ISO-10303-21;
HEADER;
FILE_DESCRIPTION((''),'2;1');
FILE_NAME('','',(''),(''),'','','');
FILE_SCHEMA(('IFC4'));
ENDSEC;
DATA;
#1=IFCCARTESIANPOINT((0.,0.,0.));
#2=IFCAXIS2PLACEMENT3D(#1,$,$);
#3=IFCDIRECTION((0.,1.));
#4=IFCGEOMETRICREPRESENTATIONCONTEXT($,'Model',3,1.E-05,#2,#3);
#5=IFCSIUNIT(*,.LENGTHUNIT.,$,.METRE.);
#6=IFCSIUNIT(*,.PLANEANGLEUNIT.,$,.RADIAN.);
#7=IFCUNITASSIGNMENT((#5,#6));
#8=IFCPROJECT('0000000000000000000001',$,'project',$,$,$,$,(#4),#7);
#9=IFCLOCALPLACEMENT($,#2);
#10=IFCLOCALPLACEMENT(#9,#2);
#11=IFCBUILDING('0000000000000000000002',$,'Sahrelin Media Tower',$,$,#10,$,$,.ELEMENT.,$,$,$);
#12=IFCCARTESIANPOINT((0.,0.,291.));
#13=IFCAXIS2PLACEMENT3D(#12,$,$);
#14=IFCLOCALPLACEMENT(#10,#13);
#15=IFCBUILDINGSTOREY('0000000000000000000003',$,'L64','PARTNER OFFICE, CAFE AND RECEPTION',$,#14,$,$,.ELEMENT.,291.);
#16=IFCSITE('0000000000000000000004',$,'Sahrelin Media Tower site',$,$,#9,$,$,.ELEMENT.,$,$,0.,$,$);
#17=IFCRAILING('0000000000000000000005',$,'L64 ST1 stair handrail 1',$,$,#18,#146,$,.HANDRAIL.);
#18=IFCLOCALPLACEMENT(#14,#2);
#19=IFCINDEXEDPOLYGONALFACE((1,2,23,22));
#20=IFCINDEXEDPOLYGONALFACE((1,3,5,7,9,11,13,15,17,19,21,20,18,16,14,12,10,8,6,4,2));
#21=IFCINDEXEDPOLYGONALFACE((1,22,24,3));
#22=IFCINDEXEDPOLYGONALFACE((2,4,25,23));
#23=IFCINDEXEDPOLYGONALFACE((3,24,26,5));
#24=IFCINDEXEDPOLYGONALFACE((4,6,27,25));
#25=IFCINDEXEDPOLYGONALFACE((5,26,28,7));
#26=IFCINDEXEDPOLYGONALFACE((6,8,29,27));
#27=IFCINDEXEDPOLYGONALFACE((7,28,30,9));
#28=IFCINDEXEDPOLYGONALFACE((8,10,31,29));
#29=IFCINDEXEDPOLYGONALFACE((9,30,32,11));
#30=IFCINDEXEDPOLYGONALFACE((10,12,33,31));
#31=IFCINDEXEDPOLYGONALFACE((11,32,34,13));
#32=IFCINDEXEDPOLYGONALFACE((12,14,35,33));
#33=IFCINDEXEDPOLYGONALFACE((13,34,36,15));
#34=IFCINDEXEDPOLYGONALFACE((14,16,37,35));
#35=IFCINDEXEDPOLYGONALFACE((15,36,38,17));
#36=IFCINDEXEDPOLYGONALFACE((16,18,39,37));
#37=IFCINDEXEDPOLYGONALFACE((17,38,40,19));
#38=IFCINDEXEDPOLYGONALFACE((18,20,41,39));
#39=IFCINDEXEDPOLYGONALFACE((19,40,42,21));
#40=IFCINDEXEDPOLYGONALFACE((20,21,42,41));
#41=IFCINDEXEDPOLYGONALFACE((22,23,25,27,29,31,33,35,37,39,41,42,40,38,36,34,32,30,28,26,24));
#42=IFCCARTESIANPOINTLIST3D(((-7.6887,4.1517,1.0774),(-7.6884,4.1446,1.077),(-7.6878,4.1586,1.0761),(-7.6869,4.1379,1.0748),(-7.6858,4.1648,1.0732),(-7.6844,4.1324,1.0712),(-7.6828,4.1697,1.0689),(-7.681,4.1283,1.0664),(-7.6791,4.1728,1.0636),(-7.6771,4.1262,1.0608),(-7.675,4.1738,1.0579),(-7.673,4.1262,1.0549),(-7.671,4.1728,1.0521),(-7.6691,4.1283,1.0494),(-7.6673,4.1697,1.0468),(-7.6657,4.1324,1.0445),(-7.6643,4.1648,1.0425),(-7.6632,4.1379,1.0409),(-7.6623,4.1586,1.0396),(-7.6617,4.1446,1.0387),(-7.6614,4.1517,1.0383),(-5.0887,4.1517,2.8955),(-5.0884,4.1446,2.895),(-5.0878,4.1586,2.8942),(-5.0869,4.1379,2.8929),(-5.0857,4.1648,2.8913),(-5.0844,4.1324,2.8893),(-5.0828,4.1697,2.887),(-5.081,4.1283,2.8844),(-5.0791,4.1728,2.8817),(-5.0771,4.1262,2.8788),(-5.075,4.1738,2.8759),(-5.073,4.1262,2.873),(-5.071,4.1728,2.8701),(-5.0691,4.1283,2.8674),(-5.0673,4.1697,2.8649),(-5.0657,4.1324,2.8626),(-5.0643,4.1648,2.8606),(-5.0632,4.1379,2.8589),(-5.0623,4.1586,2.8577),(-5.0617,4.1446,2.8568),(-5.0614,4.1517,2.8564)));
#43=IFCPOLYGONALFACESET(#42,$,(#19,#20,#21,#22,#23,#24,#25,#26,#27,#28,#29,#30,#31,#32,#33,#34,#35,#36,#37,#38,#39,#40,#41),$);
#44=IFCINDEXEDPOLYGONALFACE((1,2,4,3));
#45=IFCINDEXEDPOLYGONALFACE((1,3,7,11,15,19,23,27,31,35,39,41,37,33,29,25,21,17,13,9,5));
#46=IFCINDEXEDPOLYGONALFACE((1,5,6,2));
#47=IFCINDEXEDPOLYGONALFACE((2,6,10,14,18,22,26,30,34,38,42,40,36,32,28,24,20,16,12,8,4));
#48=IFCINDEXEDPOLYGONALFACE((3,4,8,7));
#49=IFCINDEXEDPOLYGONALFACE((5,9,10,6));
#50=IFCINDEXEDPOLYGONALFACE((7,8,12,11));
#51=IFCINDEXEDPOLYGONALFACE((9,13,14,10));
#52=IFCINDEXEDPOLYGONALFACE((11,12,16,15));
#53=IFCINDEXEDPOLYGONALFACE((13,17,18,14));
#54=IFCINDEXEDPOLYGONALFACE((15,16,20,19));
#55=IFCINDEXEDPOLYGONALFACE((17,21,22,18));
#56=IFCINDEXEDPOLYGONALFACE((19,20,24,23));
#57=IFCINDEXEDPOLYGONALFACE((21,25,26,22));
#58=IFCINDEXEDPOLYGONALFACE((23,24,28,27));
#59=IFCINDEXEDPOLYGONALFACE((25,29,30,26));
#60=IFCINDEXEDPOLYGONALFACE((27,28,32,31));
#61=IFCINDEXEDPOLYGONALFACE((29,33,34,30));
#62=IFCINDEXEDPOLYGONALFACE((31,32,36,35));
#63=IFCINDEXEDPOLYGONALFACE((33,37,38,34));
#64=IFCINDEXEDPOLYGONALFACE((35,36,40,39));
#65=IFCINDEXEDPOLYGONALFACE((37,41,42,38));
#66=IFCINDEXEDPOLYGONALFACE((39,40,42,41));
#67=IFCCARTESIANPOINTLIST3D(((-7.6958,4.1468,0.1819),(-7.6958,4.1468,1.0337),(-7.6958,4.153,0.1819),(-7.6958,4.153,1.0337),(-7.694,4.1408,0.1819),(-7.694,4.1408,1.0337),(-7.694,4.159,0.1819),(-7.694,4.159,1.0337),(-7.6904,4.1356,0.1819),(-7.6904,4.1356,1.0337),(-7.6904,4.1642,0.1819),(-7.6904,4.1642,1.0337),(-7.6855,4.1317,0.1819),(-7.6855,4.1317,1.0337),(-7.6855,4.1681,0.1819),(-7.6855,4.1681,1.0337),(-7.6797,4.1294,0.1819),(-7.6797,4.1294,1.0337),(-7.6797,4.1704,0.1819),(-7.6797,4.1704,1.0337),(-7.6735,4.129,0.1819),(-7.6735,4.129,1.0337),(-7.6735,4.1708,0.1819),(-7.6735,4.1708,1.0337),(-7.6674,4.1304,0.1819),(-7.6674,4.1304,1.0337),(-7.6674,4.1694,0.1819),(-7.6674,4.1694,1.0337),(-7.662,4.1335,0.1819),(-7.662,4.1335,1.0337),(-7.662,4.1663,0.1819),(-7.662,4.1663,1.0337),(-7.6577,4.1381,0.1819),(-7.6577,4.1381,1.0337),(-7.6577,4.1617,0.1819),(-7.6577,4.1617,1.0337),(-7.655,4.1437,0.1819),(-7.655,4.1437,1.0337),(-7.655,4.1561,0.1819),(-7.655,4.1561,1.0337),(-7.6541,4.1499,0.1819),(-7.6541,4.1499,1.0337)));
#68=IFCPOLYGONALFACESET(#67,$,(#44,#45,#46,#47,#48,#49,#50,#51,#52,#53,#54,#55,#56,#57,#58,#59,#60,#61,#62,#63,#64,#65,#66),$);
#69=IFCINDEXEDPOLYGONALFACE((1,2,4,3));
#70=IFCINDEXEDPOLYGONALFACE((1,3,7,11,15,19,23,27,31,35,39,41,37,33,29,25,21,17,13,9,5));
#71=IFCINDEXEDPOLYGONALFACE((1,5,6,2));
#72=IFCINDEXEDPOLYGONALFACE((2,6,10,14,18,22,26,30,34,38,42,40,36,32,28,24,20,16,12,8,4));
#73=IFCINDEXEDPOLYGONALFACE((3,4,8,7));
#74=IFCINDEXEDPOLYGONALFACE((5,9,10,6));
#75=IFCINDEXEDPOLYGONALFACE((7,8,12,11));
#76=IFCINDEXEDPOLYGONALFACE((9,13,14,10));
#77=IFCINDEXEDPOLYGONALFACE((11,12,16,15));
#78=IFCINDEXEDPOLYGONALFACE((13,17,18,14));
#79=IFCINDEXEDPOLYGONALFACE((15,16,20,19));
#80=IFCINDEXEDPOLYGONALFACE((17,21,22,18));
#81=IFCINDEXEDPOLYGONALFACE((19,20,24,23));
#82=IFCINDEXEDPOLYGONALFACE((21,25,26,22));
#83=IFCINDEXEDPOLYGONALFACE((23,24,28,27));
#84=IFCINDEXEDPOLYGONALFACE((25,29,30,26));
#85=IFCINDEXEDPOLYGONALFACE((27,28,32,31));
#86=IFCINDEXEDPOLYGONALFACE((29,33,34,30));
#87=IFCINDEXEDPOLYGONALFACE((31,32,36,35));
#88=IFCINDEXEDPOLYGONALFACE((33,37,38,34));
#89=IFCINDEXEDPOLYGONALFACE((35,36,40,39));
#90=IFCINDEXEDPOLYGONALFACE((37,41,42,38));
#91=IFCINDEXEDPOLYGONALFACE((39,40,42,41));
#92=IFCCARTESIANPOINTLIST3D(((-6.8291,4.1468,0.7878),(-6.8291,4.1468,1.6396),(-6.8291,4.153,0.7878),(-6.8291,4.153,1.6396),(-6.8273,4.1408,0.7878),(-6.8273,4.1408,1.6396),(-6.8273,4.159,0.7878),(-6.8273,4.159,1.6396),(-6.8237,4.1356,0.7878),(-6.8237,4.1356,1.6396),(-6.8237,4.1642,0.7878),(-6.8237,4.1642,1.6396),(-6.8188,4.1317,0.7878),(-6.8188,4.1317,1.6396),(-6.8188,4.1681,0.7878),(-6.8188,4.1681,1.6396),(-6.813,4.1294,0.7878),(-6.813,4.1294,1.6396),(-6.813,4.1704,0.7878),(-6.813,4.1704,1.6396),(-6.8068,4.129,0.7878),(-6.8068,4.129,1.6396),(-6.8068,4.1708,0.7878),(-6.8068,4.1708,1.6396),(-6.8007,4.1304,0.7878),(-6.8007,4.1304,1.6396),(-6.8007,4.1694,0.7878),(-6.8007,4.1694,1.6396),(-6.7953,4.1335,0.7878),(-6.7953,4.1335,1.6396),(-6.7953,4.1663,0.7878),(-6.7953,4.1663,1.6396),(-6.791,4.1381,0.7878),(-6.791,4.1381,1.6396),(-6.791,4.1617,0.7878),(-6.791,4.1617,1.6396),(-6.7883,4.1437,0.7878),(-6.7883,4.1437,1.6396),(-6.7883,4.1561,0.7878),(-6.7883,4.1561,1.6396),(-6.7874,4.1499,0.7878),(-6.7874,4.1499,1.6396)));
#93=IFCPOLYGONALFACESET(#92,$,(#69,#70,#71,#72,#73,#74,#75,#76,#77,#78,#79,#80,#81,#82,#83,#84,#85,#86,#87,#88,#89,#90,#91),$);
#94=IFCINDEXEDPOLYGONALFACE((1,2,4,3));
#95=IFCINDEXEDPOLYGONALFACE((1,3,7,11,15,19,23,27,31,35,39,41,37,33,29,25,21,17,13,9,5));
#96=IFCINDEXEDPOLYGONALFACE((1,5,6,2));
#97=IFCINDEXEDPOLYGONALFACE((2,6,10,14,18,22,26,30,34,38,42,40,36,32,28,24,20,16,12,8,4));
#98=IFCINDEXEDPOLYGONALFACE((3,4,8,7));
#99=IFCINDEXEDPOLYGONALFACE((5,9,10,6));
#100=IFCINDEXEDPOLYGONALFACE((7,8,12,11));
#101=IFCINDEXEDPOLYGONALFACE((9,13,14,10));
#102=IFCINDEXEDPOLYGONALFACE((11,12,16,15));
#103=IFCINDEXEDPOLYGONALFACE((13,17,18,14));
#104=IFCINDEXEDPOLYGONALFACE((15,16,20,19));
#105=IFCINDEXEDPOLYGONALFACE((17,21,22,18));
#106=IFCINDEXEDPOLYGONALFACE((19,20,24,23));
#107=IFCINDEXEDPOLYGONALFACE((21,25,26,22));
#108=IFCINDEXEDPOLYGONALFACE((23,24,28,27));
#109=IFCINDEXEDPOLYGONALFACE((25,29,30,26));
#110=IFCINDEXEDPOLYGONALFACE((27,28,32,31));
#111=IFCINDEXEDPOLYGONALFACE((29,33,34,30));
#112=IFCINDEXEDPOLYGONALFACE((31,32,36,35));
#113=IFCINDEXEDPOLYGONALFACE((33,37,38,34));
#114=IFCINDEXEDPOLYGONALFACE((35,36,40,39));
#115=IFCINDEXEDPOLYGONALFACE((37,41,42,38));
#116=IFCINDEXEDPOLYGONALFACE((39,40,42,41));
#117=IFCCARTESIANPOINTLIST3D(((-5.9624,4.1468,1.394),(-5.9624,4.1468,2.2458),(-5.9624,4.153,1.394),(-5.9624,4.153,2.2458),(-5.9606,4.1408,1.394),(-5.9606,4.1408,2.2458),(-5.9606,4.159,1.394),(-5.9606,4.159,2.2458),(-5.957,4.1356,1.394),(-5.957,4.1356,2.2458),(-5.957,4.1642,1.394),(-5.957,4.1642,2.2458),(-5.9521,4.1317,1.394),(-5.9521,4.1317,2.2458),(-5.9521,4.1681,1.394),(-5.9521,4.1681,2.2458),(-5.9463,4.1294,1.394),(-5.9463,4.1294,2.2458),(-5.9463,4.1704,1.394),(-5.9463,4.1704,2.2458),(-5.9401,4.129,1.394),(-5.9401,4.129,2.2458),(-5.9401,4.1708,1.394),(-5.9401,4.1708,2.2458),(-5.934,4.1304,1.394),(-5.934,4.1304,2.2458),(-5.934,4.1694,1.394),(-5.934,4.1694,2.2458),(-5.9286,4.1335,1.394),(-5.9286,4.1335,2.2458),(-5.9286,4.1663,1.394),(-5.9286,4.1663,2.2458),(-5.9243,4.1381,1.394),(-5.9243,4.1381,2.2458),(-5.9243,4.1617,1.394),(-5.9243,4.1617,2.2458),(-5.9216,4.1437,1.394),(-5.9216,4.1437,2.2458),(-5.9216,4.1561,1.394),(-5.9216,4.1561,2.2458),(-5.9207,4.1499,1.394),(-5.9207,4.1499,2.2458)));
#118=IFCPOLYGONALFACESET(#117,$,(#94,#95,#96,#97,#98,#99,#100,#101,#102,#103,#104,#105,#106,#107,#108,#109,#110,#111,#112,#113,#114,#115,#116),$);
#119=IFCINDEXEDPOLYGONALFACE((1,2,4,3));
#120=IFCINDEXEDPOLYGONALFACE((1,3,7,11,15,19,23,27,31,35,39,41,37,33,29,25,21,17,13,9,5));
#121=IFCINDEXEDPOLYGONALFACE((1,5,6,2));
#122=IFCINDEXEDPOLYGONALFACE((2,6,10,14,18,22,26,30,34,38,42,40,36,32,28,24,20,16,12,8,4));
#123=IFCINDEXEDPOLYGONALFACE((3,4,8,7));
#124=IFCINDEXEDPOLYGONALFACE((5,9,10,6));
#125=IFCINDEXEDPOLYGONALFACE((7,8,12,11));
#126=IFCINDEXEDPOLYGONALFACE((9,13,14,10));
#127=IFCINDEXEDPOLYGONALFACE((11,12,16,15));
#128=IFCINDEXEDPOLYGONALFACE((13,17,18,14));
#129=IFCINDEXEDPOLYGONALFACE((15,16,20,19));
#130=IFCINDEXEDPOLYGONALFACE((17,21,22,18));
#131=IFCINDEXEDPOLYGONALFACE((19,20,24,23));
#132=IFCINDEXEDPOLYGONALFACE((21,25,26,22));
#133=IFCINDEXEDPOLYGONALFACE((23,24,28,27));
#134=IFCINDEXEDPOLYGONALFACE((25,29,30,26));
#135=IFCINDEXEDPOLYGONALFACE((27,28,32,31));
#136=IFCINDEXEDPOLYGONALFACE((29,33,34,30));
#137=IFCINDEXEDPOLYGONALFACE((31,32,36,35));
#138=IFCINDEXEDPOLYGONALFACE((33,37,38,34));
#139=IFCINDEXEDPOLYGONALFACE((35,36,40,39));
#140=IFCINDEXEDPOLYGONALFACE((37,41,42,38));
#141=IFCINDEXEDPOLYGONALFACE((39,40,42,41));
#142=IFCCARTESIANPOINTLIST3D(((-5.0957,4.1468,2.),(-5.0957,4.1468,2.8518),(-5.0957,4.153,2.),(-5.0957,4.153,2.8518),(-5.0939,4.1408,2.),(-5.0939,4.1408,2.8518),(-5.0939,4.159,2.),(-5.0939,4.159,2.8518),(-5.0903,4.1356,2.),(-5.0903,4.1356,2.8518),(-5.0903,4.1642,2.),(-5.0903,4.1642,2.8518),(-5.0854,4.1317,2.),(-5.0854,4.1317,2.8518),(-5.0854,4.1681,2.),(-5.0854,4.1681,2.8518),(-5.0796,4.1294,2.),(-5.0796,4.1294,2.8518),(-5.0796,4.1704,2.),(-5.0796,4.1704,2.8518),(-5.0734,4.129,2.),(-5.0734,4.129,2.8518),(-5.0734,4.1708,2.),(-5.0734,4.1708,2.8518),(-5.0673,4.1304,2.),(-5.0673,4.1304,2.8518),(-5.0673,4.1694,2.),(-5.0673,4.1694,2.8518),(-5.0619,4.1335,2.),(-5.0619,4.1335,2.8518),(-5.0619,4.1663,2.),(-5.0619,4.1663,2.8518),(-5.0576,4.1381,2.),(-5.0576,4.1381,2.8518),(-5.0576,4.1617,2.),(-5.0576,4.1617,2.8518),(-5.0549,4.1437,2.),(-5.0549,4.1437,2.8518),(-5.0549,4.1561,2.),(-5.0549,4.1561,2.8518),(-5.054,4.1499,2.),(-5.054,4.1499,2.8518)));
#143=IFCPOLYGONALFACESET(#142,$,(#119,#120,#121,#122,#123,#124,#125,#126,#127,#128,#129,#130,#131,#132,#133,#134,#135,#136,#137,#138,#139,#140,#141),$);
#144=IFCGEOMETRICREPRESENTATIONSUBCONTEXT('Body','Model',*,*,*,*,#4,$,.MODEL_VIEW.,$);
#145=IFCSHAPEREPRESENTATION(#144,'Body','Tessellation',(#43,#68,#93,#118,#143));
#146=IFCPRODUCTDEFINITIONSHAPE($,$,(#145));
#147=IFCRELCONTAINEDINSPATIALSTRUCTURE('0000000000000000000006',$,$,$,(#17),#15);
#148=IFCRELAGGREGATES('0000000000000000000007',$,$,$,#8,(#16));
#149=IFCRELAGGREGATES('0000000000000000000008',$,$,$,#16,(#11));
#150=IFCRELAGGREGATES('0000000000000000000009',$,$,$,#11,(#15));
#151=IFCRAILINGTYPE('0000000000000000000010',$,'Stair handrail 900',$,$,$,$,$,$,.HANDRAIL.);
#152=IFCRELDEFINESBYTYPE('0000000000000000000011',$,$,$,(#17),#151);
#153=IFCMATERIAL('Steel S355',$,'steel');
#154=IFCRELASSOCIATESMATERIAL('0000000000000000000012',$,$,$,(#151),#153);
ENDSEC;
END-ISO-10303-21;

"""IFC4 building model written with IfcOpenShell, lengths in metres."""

from ifc_helpers import new_model, si_unit, direction, frame, origin, origin_2d, place, context, subcontext, project, spatial, circle, extrude, material, type_object, element, save


model = new_model("IFC4")

# Units and contexts
model_context = context("Model", 3, precision=1e-05, world=origin(), true_north=direction((0.0, 1.0)))
body_context = subcontext(model_context, "Body", "Model", "MODEL_VIEW")
ifc_project = project(units=[si_unit("LENGTHUNIT", "METRE"), si_unit("PLANEANGLEUNIT", "RADIAN")], contexts=[model_context])

# Site, building, storey
site_placement = place(None, origin())
site = spatial("IfcSite", under=ifc_project, at=site_placement, Name="Sahrelin Media Tower site", CompositionType="ELEMENT", RefElevation=0.0)
building_placement = place(site_placement, origin())
building = spatial("IfcBuilding", under=site, at=building_placement, Name="Sahrelin Media Tower", CompositionType="ELEMENT")
storey_placement = place(building_placement, frame((0.0, 0.0, 291.0)))
storey = spatial("IfcBuildingStorey", under=building, at=storey_placement, Name="L64", Description="PARTNER OFFICE, CAFE AND RECEPTION", CompositionType="ELEMENT", Elevation=291.0)

# Shared definitions
ifc_material_1 = material(Name="Steel S355", Category="steel")

# Railing
railing_type_1 = type_object("IfcRailingType", Name="Stair handrail 900", PredefinedType="HANDRAIL", material=ifc_material_1)
railing_1_placement = place(storey_placement, frame((-7.675, 4.1499, 0.1819)))
element("IfcRailing", 1, at=railing_1_placement, inside=storey, type_object=railing_type_1, Name="L64 ST1 stair handrail 1", PredefinedType="HANDRAIL", context=body_context, shape_type="SweptSolid", body=[
    extrude(circle(Radius=0.0239, at=origin_2d()), frame((0.0, 0.0, 0.876), z_axis=(0.819521, 0.0, 0.573049), x_axis=(0.0, 1.0, 0.0)), (0.0, 0.0, 1.0), 3.1726),
    extrude(circle(Radius=0.021, at=origin_2d()), origin(), (0.0, 0.0, 1.0), 0.8518),
    extrude(circle(Radius=0.021, at=origin_2d()), frame((0.8667, 0.0, 0.606)), (0.0, 0.0, 1.0), 0.8518),
    extrude(circle(Radius=0.021, at=origin_2d()), frame((1.7334, 0.0, 1.2122)), (0.0, 0.0, 1.0), 0.8518),
    extrude(circle(Radius=0.021, at=origin_2d()), frame((2.6001, 0.0, 1.8181)), (0.0, 0.0, 1.0), 0.8518),
])

save(model, "model.ifc")
